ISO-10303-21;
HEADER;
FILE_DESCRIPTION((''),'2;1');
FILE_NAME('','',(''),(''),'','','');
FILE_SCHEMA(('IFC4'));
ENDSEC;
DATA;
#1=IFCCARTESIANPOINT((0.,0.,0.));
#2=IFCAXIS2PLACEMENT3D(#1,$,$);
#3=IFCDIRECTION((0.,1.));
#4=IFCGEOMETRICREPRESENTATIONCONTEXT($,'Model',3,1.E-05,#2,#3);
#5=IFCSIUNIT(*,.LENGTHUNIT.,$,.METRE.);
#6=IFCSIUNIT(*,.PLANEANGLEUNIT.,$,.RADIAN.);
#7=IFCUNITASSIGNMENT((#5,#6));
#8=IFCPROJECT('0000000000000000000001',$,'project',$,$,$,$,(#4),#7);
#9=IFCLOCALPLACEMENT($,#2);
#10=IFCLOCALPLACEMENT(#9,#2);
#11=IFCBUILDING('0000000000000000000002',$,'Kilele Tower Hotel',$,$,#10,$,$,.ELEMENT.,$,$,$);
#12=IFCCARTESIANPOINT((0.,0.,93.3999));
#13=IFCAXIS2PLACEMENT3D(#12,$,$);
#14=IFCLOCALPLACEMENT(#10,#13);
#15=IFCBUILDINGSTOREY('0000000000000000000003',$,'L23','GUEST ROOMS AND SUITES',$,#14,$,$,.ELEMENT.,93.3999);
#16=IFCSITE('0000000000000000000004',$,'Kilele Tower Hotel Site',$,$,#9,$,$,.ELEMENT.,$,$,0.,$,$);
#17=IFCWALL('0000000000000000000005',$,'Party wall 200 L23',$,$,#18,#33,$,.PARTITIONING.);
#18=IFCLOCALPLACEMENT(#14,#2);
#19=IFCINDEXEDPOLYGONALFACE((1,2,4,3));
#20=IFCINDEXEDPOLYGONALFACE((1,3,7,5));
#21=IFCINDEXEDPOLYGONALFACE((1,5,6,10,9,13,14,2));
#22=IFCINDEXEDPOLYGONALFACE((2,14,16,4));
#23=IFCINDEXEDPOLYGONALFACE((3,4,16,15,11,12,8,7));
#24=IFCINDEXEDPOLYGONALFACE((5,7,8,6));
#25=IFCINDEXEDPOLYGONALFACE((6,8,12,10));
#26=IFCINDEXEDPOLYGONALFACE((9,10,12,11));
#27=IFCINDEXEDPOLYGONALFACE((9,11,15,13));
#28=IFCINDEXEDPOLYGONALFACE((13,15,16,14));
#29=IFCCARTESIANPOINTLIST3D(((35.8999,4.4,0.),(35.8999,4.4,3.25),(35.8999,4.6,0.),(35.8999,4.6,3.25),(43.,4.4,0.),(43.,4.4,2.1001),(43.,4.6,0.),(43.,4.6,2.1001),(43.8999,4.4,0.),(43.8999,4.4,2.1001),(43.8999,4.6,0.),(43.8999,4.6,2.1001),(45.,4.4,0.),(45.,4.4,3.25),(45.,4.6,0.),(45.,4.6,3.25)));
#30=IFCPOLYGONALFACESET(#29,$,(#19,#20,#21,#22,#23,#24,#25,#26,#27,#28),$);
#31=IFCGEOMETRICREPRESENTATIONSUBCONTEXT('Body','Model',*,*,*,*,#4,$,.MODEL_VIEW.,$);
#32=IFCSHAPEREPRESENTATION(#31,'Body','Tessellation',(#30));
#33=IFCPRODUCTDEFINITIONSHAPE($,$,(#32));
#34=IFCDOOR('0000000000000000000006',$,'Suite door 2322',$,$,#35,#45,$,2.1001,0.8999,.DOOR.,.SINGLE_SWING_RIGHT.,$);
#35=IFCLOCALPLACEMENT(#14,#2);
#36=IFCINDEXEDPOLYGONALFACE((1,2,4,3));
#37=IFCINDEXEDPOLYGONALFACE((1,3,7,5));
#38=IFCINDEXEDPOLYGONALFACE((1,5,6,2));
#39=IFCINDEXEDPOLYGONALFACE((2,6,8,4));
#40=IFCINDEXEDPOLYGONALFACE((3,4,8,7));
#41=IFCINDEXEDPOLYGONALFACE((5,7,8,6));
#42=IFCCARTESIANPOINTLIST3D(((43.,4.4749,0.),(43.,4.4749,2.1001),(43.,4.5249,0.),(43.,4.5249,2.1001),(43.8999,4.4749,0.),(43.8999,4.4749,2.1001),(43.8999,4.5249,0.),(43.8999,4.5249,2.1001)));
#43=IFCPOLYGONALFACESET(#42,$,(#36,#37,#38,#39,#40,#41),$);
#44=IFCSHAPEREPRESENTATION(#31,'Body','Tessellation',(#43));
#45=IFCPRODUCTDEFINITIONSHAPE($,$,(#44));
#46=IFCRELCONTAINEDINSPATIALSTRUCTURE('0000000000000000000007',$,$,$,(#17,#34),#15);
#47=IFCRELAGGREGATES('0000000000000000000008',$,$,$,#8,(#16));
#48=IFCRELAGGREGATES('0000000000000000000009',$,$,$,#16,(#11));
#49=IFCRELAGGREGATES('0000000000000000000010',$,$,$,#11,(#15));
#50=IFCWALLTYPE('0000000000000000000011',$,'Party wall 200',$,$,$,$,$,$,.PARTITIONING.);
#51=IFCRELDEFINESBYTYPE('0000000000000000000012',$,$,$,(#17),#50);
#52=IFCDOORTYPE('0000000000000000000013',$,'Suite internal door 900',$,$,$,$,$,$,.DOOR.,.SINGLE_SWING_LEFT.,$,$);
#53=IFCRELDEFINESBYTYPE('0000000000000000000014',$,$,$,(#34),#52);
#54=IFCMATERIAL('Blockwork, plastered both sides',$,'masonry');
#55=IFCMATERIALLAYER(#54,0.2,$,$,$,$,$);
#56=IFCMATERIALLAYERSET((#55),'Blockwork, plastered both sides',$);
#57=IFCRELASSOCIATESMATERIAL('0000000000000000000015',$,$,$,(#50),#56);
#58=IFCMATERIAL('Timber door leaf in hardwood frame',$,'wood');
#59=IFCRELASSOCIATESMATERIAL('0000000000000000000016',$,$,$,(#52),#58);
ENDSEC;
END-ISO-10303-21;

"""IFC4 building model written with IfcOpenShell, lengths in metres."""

from ifc_helpers import new_model, si_unit, direction, frame, frame_2d, origin, place, context, subcontext, project, spatial, rectangle, extrude, material, layer, layer_set, type_object, element, fill, save


model = new_model("IFC4")

# Units and contexts
model_context = context("Model", 3, precision=1e-05, world=origin(), true_north=direction((0.0, 1.0)))
body_context = subcontext(model_context, "Body", "Model", "MODEL_VIEW")
ifc_project = project(units=[si_unit("LENGTHUNIT", "METRE"), si_unit("PLANEANGLEUNIT", "RADIAN")], contexts=[model_context])

# Site, building, storey
site_placement = place(None, origin())
site = spatial("IfcSite", under=ifc_project, at=site_placement, Name="Kilele Tower Hotel Site", CompositionType="ELEMENT", RefElevation=0.0)
building_placement = place(site_placement, origin())
building = spatial("IfcBuilding", under=site, at=building_placement, Name="Kilele Tower Hotel", CompositionType="ELEMENT")
storey_placement = place(building_placement, frame((0.0, 0.0, 93.3999)))
storey = spatial("IfcBuildingStorey", under=building, at=storey_placement, Name="L23", Description="GUEST ROOMS AND SUITES", CompositionType="ELEMENT", Elevation=93.3999)

# Shared definitions
ifc_material_1 = material(Name="Blockwork, plastered both sides", Category="masonry")
ifc_layer_1 = layer(ifc_material_1, 0.2)
ifc_layer_set_1 = layer_set([ifc_layer_1], Name="Blockwork, plastered both sides")
wall_type_1 = type_object("IfcWallType", Name="Party wall 200", PredefinedType="PARTITIONING", material=ifc_layer_set_1)

# Wall, opening, door
wall_1_placement = place(storey_placement, frame((35.8999, 4.5, 0.0), z_axis=(0.0, 0.0, 1.0), x_axis=(1.0, 0.0, 0.0)))
wall_1 = element("IfcWall", 1, at=wall_1_placement, inside=storey, type_object=wall_type_1, Name="Party wall 200 L23", PredefinedType="PARTITIONING", context=body_context, shape_type="SweptSolid", body=[
    extrude(rectangle(XDim=9.1001, YDim=0.2, at=frame_2d((4.55, 0.0))), origin(), (0.0, 0.0, 1.0), 3.25),
])
opening_1_placement = place(wall_1_placement, frame((7.1001, 0.0, 0.0)))
opening_1 = element("IfcOpeningElement", 2, at=opening_1_placement, cuts=wall_1, PredefinedType="OPENING", context=body_context, shape_type="SweptSolid", body=[
    extrude(rectangle(XDim=0.8999, YDim=2.1001, at=frame_2d((0.45, 1.05))), frame((0.0, 0.1099, 0.0), z_axis=(0.0, -1.0, 0.0), x_axis=(1.0, 0.0, 0.0)), (0.0, 0.0, 1.0), 0.22),
])
ifc_material_2 = material(Name="Timber door leaf in hardwood frame", Category="wood")
door_type_1 = type_object("IfcDoorType", Name="Suite internal door 900", OperationType="SINGLE_SWING_LEFT", PredefinedType="DOOR", material=ifc_material_2)
door_1_placement = place(opening_1_placement, origin())
door_1 = element("IfcDoor", 3, at=door_1_placement, inside=storey, type_object=door_type_1, Name="Suite door 2322", OperationType="SINGLE_SWING_RIGHT", OverallHeight=2.1001, OverallWidth=0.8999, PredefinedType="DOOR", context=body_context, shape_type="SweptSolid", body=[
    extrude(rectangle(XDim=0.8999, YDim=2.1001, at=frame_2d((0.45, 1.05))), frame((0.0, 0.0249, 0.0), z_axis=(0.0, -1.0, 0.0), x_axis=(1.0, 0.0, 0.0)), (0.0, 0.0, 1.0), 0.05),
])
fill(opening_1, door_1)

save(model, "model.ifc")
